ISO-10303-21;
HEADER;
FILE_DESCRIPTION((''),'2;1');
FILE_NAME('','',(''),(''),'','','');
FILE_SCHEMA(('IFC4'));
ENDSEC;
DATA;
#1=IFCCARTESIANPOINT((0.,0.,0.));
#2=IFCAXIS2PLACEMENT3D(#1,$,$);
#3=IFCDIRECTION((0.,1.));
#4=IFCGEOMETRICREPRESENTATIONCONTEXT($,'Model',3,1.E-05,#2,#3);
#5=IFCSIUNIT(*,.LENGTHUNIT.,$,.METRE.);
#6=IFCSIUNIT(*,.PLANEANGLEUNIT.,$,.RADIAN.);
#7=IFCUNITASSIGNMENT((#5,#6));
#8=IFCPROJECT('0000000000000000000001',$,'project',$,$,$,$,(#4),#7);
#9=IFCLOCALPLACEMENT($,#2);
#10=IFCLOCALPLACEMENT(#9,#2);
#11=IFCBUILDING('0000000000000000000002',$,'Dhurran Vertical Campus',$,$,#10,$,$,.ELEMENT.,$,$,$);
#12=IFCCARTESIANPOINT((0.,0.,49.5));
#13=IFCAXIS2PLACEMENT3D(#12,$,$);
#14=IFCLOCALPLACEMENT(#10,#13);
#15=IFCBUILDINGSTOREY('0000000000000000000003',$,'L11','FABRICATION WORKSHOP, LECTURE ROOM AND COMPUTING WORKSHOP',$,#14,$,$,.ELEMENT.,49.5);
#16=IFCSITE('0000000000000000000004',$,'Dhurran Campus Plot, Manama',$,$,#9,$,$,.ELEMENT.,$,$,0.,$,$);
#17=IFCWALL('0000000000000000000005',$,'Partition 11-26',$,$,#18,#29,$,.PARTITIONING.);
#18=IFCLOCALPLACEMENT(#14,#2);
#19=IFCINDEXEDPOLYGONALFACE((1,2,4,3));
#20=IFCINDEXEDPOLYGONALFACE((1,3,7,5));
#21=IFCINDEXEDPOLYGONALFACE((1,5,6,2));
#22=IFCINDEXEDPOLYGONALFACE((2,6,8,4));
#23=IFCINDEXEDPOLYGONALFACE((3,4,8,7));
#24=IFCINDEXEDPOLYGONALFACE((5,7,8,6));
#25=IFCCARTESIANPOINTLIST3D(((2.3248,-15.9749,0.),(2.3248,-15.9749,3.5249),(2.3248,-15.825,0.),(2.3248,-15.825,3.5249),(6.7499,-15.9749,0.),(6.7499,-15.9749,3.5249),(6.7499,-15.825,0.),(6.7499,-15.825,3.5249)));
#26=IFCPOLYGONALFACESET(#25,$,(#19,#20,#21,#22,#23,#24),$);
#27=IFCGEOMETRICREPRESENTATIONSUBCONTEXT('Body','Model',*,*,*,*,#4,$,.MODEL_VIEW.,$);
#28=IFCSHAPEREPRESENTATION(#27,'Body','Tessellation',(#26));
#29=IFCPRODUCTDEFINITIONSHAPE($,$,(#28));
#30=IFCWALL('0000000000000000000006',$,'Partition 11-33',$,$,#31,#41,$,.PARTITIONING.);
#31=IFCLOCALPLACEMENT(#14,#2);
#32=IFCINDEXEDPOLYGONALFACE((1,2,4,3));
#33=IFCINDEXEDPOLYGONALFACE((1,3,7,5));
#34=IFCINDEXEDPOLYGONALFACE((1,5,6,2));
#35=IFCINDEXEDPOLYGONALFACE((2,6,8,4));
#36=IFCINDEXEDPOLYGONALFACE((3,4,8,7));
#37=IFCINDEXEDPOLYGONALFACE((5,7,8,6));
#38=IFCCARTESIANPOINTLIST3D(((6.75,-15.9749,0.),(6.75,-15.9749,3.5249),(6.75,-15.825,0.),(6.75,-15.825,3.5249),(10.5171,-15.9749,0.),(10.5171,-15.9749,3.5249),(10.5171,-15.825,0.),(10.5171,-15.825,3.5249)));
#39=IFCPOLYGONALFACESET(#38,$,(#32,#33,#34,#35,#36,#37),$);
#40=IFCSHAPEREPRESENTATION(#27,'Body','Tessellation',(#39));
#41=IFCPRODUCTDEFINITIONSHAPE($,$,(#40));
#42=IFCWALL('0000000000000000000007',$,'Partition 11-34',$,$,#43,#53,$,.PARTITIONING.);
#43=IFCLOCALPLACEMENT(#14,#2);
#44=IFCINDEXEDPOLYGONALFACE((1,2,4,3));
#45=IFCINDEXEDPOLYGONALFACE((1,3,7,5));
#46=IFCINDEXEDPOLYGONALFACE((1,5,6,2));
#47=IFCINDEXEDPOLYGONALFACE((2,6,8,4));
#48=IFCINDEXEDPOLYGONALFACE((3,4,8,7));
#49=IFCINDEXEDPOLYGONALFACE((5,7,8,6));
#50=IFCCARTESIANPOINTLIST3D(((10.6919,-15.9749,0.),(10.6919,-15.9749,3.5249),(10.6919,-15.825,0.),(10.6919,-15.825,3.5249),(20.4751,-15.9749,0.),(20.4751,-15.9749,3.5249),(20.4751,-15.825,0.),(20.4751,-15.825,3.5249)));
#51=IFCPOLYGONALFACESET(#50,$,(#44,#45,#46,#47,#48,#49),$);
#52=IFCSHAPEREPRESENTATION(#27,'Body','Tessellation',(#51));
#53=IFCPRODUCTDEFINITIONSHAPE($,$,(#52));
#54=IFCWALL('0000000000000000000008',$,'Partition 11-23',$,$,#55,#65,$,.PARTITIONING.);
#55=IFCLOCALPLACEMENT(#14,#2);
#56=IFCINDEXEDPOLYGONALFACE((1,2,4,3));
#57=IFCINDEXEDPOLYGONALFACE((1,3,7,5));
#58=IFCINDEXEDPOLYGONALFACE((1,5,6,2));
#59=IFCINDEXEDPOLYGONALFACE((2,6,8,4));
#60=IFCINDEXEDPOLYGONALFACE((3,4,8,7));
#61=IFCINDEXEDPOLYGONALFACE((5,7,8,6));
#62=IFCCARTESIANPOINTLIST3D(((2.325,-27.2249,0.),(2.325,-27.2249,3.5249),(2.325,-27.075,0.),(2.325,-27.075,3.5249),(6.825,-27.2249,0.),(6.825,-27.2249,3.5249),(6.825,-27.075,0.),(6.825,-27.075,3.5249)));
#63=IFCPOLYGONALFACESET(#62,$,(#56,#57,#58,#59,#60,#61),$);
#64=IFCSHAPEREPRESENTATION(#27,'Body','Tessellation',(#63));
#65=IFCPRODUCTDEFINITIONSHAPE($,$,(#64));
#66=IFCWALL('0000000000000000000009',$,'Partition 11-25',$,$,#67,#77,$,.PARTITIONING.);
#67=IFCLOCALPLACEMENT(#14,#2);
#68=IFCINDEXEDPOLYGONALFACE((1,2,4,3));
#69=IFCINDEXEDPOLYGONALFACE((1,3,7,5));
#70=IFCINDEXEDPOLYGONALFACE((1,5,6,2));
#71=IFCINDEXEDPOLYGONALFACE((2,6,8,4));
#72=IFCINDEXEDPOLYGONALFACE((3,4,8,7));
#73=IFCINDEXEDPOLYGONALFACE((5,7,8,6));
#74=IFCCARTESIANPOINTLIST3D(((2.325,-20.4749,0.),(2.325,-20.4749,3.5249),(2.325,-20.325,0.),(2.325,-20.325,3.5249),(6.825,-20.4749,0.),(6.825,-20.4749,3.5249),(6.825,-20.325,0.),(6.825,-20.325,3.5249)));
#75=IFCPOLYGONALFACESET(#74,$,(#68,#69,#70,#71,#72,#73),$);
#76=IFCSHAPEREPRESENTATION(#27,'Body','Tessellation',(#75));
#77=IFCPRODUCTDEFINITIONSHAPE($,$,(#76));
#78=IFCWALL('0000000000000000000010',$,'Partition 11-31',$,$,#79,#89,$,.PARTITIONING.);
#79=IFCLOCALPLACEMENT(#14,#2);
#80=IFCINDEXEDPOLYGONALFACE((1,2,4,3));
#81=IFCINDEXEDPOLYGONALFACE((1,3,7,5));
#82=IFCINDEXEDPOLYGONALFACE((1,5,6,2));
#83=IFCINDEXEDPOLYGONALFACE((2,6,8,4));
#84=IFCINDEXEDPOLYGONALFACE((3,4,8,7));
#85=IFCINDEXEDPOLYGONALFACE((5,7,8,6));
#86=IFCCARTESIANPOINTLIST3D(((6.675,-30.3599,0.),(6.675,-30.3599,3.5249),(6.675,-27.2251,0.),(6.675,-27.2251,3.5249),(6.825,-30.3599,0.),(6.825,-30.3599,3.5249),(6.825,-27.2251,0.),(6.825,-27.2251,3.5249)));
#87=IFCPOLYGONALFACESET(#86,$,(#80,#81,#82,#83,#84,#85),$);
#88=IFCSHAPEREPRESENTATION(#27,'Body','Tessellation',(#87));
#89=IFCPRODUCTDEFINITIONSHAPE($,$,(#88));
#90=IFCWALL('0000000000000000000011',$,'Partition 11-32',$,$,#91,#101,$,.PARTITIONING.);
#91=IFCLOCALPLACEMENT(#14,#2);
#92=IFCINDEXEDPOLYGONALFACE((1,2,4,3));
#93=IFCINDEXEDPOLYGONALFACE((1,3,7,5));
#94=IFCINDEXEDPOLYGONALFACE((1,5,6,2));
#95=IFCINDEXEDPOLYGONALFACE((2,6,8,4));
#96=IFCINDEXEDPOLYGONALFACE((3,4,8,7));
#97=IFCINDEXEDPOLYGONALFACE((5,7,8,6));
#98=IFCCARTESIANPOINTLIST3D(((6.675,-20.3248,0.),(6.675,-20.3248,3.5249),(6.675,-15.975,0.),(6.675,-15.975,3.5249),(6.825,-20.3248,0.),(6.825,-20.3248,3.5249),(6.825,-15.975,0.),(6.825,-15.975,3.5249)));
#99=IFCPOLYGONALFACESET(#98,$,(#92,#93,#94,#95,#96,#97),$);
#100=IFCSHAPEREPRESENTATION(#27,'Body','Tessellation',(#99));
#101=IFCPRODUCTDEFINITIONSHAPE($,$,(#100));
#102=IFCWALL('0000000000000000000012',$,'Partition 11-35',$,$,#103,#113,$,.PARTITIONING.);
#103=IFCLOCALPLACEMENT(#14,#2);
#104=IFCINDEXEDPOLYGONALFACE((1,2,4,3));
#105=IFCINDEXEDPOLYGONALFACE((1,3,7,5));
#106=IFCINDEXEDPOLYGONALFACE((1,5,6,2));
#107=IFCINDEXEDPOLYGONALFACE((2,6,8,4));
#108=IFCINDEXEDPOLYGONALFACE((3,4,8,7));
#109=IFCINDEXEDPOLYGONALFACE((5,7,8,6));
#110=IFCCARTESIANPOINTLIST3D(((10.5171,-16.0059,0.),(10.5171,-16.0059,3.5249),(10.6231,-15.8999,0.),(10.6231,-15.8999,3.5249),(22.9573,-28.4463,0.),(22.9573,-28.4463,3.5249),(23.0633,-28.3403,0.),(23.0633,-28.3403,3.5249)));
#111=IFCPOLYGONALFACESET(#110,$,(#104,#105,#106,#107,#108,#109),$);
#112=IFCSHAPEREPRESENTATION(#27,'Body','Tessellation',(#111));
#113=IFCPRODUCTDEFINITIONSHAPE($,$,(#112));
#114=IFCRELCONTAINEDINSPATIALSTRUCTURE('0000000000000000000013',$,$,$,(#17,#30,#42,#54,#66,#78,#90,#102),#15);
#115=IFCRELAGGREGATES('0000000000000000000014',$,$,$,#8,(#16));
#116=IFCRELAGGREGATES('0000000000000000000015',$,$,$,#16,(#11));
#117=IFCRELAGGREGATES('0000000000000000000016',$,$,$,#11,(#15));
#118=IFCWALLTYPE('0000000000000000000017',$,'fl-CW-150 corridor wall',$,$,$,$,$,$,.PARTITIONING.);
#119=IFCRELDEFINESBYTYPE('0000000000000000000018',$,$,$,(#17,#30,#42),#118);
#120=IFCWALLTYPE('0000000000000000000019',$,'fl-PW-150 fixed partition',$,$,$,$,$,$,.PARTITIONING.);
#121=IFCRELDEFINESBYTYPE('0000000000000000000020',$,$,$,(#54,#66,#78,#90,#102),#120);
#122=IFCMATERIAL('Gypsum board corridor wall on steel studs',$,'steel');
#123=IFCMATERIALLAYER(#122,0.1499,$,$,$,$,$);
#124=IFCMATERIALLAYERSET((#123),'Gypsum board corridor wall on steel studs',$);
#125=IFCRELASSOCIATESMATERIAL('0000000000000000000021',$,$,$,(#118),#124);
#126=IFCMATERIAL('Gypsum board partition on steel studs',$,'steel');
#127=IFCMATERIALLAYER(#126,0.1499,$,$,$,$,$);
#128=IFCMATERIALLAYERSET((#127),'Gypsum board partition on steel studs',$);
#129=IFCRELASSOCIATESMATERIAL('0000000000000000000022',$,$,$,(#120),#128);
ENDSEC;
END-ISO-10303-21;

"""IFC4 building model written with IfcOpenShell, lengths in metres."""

from ifc_helpers import new_model, si_unit, direction, frame, frame_2d, origin, place, context, subcontext, project, spatial, rectangle, extrude, material, layer, layer_set, type_object, element, save


model = new_model("IFC4")

# Units and contexts
model_context = context("Model", 3, precision=1e-05, world=origin(), true_north=direction((0.0, 1.0)))
body_context = subcontext(model_context, "Body", "Model", "MODEL_VIEW")
ifc_project = project(units=[si_unit("LENGTHUNIT", "METRE"), si_unit("PLANEANGLEUNIT", "RADIAN")], contexts=[model_context])

# Site, building, storey
site_placement = place(None, origin())
site = spatial("IfcSite", under=ifc_project, at=site_placement, Name="Dhurran Campus Plot, Manama", CompositionType="ELEMENT", RefElevation=0.0)
building_placement = place(site_placement, origin())
building = spatial("IfcBuilding", under=site, at=building_placement, Name="Dhurran Vertical Campus", CompositionType="ELEMENT")
storey_placement = place(building_placement, frame((0.0, 0.0, 49.5)))
storey = spatial("IfcBuildingStorey", under=building, at=storey_placement, Name="L11", Description="FABRICATION WORKSHOP, LECTURE ROOM AND COMPUTING WORKSHOP", CompositionType="ELEMENT", Elevation=49.5)

# Shared definitions
ifc_material_1 = material(Name="Gypsum board corridor wall on steel studs", Category="steel")
ifc_layer_1 = layer(ifc_material_1, 0.1499)
ifc_layer_set_1 = layer_set([ifc_layer_1], Name="Gypsum board corridor wall on steel studs")
wall_type_1 = type_object("IfcWallType", Name="fl-CW-150 corridor wall", PredefinedType="PARTITIONING", material=ifc_layer_set_1)

# Walls
wall_1_placement = place(storey_placement, frame((2.325, -15.8999, 0.0), z_axis=(0.0, 0.0, 1.0), x_axis=(1.0, 0.0, 0.0)))
element("IfcWall", 1, at=wall_1_placement, inside=storey, type_object=wall_type_1, Name="Partition 11-26", PredefinedType="PARTITIONING", context=body_context, shape_type="SweptSolid", body=[
    extrude(rectangle(XDim=4.425, YDim=0.1499, at=frame_2d((2.2124, 0.0))), origin(), (0.0, 0.0, 1.0), 3.5249),
])
wall_2_placement = place(storey_placement, frame((6.75, -15.8999, 0.0), z_axis=(0.0, 0.0, 1.0), x_axis=(1.0, 0.0, 0.0)))
element("IfcWall", 2, at=wall_2_placement, inside=storey, type_object=wall_type_1, Name="Partition 11-33", PredefinedType="PARTITIONING", context=body_context, shape_type="SweptSolid", body=[
    extrude(rectangle(XDim=3.7671, YDim=0.1499, at=frame_2d((1.8835, 0.0))), origin(), (0.0, 0.0, 1.0), 3.5249),
])
wall_3_placement = place(storey_placement, frame((10.6919, -15.8999, 0.0), z_axis=(0.0, 0.0, 1.0), x_axis=(1.0, 0.0, 0.0)))
element("IfcWall", 3, at=wall_3_placement, inside=storey, type_object=wall_type_1, Name="Partition 11-34", PredefinedType="PARTITIONING", context=body_context, shape_type="SweptSolid", body=[
    extrude(rectangle(XDim=9.7832, YDim=0.1499, at=frame_2d((4.8916, 0.0))), origin(), (0.0, 0.0, 1.0), 3.5249),
])
ifc_material_2 = material(Name="Gypsum board partition on steel studs", Category="steel")
ifc_layer_2 = layer(ifc_material_2, 0.1499)
ifc_layer_set_2 = layer_set([ifc_layer_2], Name="Gypsum board partition on steel studs")
wall_type_2 = type_object("IfcWallType", Name="fl-PW-150 fixed partition", PredefinedType="PARTITIONING", material=ifc_layer_set_2)
for number, where, z_axis, x_axis, name in (
    (4, (2.325, -27.1499, 0.0), (0.0, 0.0, 1.0), (1.0, 0.0, 0.0), "Partition 11-23"),
    (5, (6.825, -20.3999, 0.0), (0.0, 0.0, 1.0), (-1.0, 0.0, 0.0), "Partition 11-25"),
):
    element("IfcWall", number, at=place(storey_placement, frame(where, z_axis=z_axis, x_axis=x_axis)), inside=storey, type_object=wall_type_2, Name=name, PredefinedType="PARTITIONING", context=body_context, shape_type="SweptSolid", body=[
        extrude(rectangle(XDim=4.5, YDim=0.1499, at=frame_2d((2.25, 0.0))), origin(), (0.0, 0.0, 1.0), 3.5249),
    ])
wall_4_placement = place(storey_placement, frame((6.75, -27.2251, 0.0), z_axis=(0.0, 0.0, 1.0), x_axis=(0.0, -1.0, 0.0)))
element("IfcWall", 6, at=wall_4_placement, inside=storey, type_object=wall_type_2, Name="Partition 11-31", PredefinedType="PARTITIONING", context=body_context, shape_type="SweptSolid", body=[
    extrude(rectangle(XDim=3.1348, YDim=0.1499, at=frame_2d((1.5674, 0.0))), origin(), (0.0, 0.0, 1.0), 3.5249),
])
wall_5_placement = place(storey_placement, frame((6.75, -15.9751, 0.0), z_axis=(0.0, 0.0, 1.0), x_axis=(0.0, -1.0, 0.0)))
element("IfcWall", 7, at=wall_5_placement, inside=storey, type_object=wall_type_2, Name="Partition 11-32", PredefinedType="PARTITIONING", context=body_context, shape_type="SweptSolid", body=[
    extrude(rectangle(XDim=4.3499, YDim=0.1499, at=frame_2d((2.1748, 0.0))), origin(), (0.0, 0.0, 1.0), 3.5249),
])
wall_6_placement = place(storey_placement, frame((10.5701, -15.9529, 0.0), z_axis=(0.0, 0.0, 1.0), x_axis=(0.7071, -0.707114, 0.0)))
element("IfcWall", 8, at=wall_6_placement, inside=storey, type_object=wall_type_2, Name="Partition 11-35", PredefinedType="PARTITIONING", context=body_context, shape_type="SweptSolid", body=[
    extrude(rectangle(XDim=17.5933, YDim=0.1499, at=frame_2d((8.7966, 0.0))), origin(), (0.0, 0.0, 1.0), 3.5249),
])

save(model, "model.ifc")
